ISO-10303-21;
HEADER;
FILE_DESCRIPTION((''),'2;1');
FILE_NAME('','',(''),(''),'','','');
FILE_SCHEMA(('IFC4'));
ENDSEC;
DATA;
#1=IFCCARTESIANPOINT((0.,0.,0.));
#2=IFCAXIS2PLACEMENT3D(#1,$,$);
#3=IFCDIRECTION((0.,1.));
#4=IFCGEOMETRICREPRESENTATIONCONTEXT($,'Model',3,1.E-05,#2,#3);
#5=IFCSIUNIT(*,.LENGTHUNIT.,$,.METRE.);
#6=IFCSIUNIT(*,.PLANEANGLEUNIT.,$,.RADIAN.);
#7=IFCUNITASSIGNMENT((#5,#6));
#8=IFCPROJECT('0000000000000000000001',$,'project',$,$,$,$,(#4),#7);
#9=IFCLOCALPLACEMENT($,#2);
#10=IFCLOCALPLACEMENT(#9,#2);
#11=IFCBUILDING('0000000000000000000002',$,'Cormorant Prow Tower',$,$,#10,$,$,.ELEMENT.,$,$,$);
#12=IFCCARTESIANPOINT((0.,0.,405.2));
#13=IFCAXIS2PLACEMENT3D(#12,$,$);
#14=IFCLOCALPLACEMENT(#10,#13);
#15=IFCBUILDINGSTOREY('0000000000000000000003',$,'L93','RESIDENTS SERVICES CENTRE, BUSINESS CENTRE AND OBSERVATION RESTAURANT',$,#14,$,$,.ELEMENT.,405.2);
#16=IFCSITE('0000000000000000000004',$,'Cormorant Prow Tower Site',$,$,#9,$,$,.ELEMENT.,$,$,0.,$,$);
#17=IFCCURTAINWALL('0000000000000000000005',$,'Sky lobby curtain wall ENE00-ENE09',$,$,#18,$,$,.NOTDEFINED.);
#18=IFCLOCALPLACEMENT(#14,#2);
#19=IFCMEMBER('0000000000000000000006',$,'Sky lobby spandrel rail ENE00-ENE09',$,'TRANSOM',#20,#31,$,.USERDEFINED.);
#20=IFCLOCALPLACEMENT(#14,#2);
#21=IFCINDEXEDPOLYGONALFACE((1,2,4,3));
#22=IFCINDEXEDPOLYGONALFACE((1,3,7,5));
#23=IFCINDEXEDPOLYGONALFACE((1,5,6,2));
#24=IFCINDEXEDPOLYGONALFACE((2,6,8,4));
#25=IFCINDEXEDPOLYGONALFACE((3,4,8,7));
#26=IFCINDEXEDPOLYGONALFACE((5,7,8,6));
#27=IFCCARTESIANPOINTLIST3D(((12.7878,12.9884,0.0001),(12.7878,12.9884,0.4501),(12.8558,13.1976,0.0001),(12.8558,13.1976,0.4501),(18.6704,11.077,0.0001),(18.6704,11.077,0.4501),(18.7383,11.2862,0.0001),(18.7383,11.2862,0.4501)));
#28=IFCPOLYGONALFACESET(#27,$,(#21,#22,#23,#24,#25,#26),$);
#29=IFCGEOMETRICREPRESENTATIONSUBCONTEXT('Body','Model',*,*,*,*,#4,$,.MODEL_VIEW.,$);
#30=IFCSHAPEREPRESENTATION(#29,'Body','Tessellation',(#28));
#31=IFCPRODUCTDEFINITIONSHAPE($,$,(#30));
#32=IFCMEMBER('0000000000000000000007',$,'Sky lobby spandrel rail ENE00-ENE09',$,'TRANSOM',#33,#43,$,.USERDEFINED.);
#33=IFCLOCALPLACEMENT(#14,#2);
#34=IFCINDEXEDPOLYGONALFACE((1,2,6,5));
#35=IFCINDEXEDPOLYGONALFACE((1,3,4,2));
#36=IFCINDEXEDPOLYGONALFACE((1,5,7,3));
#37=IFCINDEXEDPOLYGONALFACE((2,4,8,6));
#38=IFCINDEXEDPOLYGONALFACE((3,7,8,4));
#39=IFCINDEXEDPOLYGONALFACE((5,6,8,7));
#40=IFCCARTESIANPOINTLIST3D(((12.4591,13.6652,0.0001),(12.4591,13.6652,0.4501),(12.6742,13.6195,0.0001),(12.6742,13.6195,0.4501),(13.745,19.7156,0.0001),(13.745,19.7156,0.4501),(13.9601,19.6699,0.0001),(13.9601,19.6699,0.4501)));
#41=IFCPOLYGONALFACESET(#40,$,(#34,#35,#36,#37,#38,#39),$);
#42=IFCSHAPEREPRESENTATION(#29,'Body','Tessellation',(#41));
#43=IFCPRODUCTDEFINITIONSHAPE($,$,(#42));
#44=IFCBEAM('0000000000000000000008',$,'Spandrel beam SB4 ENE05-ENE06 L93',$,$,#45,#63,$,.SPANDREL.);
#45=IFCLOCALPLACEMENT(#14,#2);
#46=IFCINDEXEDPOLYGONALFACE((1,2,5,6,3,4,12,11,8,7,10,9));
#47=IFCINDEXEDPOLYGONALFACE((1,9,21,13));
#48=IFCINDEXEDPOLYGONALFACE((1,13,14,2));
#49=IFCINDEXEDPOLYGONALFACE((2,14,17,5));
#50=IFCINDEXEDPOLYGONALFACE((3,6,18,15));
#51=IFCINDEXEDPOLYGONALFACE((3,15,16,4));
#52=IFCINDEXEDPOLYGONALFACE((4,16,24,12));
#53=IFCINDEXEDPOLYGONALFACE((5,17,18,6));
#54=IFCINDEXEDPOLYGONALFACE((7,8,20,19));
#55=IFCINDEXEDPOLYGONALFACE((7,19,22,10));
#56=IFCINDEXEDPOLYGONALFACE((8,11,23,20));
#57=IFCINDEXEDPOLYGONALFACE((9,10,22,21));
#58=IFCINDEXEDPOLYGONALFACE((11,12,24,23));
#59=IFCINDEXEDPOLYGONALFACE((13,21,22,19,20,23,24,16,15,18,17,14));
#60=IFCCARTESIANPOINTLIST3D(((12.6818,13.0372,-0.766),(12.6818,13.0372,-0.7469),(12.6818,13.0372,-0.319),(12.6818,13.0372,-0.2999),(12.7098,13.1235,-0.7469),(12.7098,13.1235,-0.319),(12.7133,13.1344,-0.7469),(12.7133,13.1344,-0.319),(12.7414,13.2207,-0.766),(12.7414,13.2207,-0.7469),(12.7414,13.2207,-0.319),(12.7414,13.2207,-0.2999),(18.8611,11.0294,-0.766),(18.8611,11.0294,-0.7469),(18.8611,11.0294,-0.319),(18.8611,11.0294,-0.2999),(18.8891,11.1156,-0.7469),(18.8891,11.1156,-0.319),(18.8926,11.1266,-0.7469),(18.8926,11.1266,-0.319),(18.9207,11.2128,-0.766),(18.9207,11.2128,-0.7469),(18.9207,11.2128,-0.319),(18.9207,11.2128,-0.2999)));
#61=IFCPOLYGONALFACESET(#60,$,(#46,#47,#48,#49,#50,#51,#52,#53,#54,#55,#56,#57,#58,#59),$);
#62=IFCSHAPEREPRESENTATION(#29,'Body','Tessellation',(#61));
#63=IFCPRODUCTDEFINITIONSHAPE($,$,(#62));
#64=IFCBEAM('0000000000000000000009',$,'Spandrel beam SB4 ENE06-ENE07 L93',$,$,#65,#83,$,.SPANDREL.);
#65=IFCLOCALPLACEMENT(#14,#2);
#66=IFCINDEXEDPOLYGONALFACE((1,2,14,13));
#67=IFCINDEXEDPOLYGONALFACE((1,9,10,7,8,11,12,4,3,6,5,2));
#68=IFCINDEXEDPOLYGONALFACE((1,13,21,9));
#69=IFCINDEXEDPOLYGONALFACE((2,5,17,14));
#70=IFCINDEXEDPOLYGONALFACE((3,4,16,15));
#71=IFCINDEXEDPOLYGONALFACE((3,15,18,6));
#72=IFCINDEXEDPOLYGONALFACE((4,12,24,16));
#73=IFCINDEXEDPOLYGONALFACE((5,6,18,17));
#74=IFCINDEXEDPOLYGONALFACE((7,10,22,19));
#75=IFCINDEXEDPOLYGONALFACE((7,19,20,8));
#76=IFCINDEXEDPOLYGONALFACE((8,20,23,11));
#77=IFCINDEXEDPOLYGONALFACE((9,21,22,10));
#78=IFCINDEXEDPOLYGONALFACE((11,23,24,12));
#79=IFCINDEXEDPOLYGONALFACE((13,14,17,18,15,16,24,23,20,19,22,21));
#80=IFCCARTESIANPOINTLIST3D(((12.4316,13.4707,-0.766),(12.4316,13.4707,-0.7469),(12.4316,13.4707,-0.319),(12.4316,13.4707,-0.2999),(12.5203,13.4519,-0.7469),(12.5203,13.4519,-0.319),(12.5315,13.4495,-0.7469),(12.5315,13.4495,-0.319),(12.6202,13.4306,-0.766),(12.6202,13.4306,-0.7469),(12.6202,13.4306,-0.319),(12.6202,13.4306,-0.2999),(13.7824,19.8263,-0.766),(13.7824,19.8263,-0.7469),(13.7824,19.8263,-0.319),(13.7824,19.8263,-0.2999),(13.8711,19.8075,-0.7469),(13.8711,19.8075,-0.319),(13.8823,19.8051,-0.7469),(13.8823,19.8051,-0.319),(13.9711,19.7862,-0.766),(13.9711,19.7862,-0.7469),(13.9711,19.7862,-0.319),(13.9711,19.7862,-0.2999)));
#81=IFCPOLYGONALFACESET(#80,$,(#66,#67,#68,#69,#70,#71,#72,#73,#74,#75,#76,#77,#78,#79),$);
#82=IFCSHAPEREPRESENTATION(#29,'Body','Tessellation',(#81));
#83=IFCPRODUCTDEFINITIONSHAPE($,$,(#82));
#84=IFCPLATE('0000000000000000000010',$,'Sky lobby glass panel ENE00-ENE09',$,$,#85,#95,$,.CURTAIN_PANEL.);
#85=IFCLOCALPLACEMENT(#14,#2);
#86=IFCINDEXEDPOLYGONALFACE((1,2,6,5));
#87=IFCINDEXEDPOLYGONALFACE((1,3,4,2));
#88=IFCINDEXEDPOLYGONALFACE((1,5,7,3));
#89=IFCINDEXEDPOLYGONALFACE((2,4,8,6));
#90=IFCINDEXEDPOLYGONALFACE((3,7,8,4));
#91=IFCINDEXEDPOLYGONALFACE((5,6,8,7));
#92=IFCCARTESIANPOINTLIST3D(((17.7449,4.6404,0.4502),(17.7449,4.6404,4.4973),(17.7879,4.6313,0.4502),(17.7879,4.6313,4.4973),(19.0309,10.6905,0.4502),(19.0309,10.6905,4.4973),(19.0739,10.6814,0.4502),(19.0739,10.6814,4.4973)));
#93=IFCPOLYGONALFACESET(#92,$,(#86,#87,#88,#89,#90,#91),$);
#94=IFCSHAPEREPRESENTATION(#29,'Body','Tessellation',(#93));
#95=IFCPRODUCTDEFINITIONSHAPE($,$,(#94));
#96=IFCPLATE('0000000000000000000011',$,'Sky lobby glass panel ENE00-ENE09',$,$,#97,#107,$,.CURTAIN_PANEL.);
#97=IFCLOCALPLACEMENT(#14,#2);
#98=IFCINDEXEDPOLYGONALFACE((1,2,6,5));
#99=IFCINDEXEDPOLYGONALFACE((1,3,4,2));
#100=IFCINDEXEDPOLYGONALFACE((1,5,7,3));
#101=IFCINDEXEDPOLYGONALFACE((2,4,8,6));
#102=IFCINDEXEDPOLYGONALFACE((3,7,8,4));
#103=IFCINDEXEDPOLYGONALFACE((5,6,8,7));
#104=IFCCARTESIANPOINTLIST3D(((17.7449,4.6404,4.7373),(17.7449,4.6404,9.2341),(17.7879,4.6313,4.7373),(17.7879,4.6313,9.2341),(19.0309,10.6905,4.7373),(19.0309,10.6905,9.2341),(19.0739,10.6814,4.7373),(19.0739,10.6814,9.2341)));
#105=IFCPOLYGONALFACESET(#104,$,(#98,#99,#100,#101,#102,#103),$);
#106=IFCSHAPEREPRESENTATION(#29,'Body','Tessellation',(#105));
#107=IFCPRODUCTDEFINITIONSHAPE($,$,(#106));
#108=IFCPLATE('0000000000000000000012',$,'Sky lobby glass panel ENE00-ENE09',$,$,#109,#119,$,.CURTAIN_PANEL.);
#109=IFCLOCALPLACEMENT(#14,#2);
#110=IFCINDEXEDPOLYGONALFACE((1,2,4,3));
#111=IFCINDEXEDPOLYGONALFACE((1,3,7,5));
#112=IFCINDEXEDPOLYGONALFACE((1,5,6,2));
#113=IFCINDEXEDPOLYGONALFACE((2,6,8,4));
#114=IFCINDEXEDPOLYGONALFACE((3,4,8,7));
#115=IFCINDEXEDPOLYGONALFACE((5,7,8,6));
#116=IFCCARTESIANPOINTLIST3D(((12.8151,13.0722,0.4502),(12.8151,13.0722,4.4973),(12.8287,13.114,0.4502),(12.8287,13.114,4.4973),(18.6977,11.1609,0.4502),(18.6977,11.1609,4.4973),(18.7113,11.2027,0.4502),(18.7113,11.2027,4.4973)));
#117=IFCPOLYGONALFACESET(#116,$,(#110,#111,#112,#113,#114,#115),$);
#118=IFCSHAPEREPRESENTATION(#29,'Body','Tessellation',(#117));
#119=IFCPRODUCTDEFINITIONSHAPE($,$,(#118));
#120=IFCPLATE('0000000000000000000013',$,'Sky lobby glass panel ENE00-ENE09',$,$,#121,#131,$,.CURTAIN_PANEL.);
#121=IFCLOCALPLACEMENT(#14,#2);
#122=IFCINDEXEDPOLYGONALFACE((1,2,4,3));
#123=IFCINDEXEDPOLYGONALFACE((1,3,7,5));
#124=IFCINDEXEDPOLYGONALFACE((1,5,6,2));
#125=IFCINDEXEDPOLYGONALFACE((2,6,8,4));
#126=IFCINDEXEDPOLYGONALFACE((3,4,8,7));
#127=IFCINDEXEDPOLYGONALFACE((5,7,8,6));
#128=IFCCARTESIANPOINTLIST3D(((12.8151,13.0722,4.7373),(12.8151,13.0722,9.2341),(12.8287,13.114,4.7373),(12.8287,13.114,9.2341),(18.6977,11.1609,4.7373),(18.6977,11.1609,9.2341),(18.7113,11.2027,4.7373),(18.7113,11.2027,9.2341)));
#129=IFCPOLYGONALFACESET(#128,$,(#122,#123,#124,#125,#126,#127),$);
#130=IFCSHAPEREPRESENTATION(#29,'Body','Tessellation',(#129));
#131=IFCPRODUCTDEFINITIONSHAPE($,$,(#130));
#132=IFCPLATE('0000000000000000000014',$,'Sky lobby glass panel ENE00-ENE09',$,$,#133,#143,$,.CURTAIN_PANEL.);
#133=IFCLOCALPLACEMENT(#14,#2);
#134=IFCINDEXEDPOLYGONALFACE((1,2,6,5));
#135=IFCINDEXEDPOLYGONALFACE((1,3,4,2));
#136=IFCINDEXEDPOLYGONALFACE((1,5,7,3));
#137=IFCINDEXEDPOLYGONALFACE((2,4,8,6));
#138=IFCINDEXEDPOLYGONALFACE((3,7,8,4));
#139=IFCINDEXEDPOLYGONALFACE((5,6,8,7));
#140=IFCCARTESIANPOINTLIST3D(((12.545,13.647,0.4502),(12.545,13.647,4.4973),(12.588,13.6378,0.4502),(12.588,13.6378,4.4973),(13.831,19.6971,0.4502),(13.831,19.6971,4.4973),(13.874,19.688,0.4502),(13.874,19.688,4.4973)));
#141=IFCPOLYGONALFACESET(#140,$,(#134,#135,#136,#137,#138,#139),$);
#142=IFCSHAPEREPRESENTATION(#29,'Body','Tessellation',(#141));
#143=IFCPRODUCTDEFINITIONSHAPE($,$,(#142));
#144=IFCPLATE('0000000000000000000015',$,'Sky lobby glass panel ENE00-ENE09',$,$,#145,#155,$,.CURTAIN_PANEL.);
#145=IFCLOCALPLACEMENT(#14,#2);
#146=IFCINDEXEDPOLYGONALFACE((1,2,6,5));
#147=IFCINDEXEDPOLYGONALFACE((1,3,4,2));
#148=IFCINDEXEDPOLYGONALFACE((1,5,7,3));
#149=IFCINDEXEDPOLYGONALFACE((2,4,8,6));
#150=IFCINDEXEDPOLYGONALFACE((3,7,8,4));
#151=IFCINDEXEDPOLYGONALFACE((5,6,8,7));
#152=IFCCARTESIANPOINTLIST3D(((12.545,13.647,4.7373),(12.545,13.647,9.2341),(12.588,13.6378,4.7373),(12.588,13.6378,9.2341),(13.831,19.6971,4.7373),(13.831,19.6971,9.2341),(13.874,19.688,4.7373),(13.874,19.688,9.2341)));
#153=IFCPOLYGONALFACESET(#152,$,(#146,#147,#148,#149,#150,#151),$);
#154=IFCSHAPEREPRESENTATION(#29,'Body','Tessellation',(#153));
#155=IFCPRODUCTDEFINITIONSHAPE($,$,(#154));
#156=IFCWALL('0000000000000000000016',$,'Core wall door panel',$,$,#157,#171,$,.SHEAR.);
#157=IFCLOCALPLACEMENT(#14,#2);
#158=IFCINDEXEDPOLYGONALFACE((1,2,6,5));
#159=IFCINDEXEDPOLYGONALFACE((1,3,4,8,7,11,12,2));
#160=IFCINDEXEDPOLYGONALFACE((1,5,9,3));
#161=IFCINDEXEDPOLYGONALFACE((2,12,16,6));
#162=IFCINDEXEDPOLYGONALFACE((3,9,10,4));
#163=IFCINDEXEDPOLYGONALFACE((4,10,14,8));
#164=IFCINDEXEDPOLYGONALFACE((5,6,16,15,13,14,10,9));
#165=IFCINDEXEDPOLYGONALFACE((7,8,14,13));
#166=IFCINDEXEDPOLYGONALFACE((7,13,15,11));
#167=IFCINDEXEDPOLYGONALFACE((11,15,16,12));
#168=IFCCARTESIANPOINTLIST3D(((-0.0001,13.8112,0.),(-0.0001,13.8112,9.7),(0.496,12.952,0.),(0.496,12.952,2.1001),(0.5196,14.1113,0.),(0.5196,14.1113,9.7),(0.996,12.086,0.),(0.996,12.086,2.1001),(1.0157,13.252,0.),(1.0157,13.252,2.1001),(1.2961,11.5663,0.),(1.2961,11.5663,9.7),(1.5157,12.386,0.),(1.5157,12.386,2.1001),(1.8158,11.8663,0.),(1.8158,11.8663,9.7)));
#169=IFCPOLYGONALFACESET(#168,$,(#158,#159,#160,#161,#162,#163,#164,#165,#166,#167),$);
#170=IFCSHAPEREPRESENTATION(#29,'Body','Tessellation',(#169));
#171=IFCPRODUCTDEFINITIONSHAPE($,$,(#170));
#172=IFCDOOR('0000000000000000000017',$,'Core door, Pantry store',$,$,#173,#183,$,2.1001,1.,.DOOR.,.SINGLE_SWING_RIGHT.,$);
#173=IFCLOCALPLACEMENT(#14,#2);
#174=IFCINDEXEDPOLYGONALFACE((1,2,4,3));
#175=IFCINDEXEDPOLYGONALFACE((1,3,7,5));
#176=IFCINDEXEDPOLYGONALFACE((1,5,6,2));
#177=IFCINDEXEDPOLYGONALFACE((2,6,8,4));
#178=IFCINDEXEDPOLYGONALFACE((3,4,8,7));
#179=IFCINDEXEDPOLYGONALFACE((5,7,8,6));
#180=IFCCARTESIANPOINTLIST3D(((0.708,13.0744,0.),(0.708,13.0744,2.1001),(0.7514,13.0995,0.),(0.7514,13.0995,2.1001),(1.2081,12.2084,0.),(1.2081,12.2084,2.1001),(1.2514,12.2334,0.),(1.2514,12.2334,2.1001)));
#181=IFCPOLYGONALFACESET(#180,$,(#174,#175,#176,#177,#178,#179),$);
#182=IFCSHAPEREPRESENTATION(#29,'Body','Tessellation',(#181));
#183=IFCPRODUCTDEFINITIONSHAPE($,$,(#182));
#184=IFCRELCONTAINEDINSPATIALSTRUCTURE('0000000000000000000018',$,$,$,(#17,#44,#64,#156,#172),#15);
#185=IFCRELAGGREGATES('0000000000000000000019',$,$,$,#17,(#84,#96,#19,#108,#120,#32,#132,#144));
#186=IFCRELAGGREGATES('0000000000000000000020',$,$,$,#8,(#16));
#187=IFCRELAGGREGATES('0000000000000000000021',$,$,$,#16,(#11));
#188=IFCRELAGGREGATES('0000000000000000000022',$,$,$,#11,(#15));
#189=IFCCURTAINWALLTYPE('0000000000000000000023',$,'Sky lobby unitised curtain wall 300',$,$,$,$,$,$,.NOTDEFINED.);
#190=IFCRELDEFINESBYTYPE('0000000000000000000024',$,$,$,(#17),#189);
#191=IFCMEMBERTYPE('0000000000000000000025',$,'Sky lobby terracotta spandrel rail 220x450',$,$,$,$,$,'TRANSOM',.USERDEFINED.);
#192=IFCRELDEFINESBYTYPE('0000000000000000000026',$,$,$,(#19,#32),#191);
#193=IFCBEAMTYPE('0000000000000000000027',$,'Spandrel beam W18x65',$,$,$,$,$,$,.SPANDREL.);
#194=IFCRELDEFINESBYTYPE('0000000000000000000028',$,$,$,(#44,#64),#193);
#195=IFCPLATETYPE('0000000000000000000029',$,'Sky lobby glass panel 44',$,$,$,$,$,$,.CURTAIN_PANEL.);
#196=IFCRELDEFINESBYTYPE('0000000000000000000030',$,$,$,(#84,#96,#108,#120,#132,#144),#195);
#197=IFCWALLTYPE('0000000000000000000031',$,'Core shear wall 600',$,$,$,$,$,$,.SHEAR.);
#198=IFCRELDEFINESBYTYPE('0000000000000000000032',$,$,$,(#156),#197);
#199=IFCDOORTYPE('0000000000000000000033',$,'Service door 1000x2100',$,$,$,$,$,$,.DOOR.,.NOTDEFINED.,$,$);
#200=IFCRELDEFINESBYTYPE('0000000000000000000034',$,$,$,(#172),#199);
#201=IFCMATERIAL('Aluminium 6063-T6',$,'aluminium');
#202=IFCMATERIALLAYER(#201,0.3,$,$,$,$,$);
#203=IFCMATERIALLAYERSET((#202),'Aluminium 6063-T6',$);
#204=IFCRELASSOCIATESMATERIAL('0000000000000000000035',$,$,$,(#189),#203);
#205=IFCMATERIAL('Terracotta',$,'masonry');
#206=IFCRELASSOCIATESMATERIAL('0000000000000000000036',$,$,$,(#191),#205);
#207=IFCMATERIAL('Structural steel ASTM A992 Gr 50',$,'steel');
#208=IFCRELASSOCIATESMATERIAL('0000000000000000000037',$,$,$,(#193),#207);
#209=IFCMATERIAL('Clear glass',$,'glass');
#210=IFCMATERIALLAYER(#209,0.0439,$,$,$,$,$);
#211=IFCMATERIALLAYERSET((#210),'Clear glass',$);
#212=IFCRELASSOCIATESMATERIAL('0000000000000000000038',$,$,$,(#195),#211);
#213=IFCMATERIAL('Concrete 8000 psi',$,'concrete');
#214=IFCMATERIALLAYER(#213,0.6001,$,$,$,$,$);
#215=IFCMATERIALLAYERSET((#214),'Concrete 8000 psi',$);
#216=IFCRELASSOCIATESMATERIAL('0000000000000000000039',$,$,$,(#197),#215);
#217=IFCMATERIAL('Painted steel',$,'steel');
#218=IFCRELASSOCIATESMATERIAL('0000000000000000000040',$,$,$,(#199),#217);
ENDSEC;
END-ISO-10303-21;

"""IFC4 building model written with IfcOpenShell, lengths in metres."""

from ifc_helpers import new_model, si_unit, direction, frame, frame_2d, origin, origin_2d, place, context, subcontext, project, spatial, rectangle, i_section, extrude, material, layer, layer_set, material_profile, profile_set, type_object, element, fill, aggregate, save


model = new_model("IFC4")

# Units and contexts
model_context = context("Model", 3, precision=1e-05, world=origin(), true_north=direction((0.0, 1.0)))
body_context = subcontext(model_context, "Body", "Model", "MODEL_VIEW")
ifc_project = project(units=[si_unit("LENGTHUNIT", "METRE"), si_unit("PLANEANGLEUNIT", "RADIAN")], contexts=[model_context])

# Site, building, storey
site_placement = place(None, origin())
site = spatial("IfcSite", under=ifc_project, at=site_placement, Name="Cormorant Prow Tower Site", CompositionType="ELEMENT", RefElevation=0.0)
building_placement = place(site_placement, origin())
building = spatial("IfcBuilding", under=site, at=building_placement, Name="Cormorant Prow Tower", CompositionType="ELEMENT")
storey_placement = place(building_placement, frame((0.0, 0.0, 405.2)))
storey = spatial("IfcBuildingStorey", under=building, at=storey_placement, Name="L93", Description="RESIDENTS SERVICES CENTRE, BUSINESS CENTRE AND OBSERVATION RESTAURANT", CompositionType="ELEMENT", Elevation=405.2)

# Curtain wall, members
ifc_material_1 = material(Name="Aluminium 6063-T6", Category="aluminium")
ifc_layer_1 = layer(ifc_material_1, 0.3)
ifc_layer_set_1 = layer_set([ifc_layer_1], Name="Aluminium 6063-T6")
curtain_wall_type = type_object("IfcCurtainWallType", Name="Sky lobby unitised curtain wall 300", PredefinedType="NOTDEFINED", material=ifc_layer_set_1)
curtain_wall_placement = place(storey_placement, origin())
curtain_wall = element("IfcCurtainWall", 1, at=curtain_wall_placement, inside=storey, type_object=curtain_wall_type, Name="Sky lobby curtain wall ENE00-ENE09", PredefinedType="NOTDEFINED")
ifc_material_2 = material(Name="Terracotta", Category="masonry")
ifc_material_profile_1 = material_profile(ifc_material_2, rectangle(XDim=0.22, YDim=0.45, at=origin_2d()), Name="Sky lobby terracotta spandrel rail 220x450")
ifc_profile_set_1 = profile_set([ifc_material_profile_1], Name="Terracotta")
member_type_1 = type_object("IfcMemberType", Name="Sky lobby terracotta spandrel rail 220x450", ElementType="TRANSOM", PredefinedType="USERDEFINED", material=ifc_profile_set_1)
member_1_placement = place(storey_placement, frame((18.7043, 11.1816, 0.2251), z_axis=(-0.951056, 0.309019, 0.0), x_axis=(-0.309019, -0.951056, 0.0)))
member_1 = element("IfcMember", 2, at=member_1_placement, type_object=member_type_1, Name="Sky lobby spandrel rail ENE00-ENE09", ObjectType="TRANSOM", PredefinedType="USERDEFINED", context=body_context, shape_type="SweptSolid", body=[
    extrude(rectangle(XDim=0.22, YDim=0.45, at=origin_2d()), origin(), (0.0, 0.0, 1.0), 6.1853),
])
member_2_placement = place(storey_placement, frame((12.5667, 13.6423, 0.2251), z_axis=(0.20789, 0.978152, 0.0), x_axis=(-0.978152, 0.20789, 0.0)))
member_2 = element("IfcMember", 3, at=member_2_placement, type_object=member_type_1, Name="Sky lobby spandrel rail ENE00-ENE09", ObjectType="TRANSOM", PredefinedType="USERDEFINED", context=body_context, shape_type="SweptSolid", body=[
    extrude(rectangle(XDim=0.22, YDim=0.45, at=origin_2d()), origin(), (0.0, 0.0, 1.0), 6.1855),
])

# Beams
ifc_material_3 = material(Name="Structural steel ASTM A992 Gr 50", Category="steel")
ifc_material_profile_2 = material_profile(ifc_material_3, i_section(OverallWidth=0.1929, OverallDepth=0.4661, WebThickness=0.0115, FlangeThickness=0.019, at=origin_2d()), Name="W18x65")
ifc_profile_set_2 = profile_set([ifc_material_profile_2], Name="Structural steel ASTM A992 Gr 50")
beam_type_1 = type_object("IfcBeamType", Name="Spandrel beam W18x65", PredefinedType="SPANDREL", material=ifc_profile_set_2)
beam_1_placement = place(storey_placement, frame((18.8909, 11.1211, -0.533), z_axis=(-0.951053, 0.309027, 0.0), x_axis=(-0.309027, -0.951053, 0.0)))
element("IfcBeam", 4, at=beam_1_placement, inside=storey, type_object=beam_type_1, Name="Spandrel beam SB4 ENE05-ENE06 L93", PredefinedType="SPANDREL", context=body_context, shape_type="SweptSolid", body=[
    extrude(i_section(OverallWidth=0.1929, OverallDepth=0.4661, WebThickness=0.0115, FlangeThickness=0.019, at=origin_2d()), origin(), (0.0, 0.0, 1.0), 6.4973),
])
beam_2_placement = place(storey_placement, frame((12.5259, 13.4507, -0.533), z_axis=(0.207902, 0.97815, 0.0), x_axis=(-0.97815, 0.207902, 0.0)))
element("IfcBeam", 5, at=beam_2_placement, inside=storey, type_object=beam_type_1, Name="Spandrel beam SB4 ENE06-ENE07 L93", PredefinedType="SPANDREL", context=body_context, shape_type="SweptSolid", body=[
    extrude(i_section(OverallWidth=0.1929, OverallDepth=0.4661, WebThickness=0.0115, FlangeThickness=0.019, at=origin_2d()), origin(), (0.0, 0.0, 1.0), 6.4976),
])

# Plates
ifc_material_4 = material(Name="Clear glass", Category="glass")
ifc_layer_2 = layer(ifc_material_4, 0.0439)
ifc_layer_set_2 = layer_set([ifc_layer_2], Name="Clear glass")
plate_type = type_object("IfcPlateType", Name="Sky lobby glass panel 44", PredefinedType="CURTAIN_PANEL", material=ifc_layer_set_2)
plate_1_placement = place(storey_placement, frame((18.4094, 7.6609, 0.4502), z_axis=(0.0, 0.0, 1.0), x_axis=(0.207912, 0.978148, 0.0)))
plate_1 = element("IfcPlate", 6, at=plate_1_placement, type_object=plate_type, Name="Sky lobby glass panel ENE00-ENE09", PredefinedType="CURTAIN_PANEL", context=body_context, shape_type="SweptSolid", body=[
    extrude(rectangle(XDim=6.1853, YDim=0.0439, at=origin_2d()), origin(), (0.0, 0.0, 1.0), 4.0471),
])
plate_2_placement = place(storey_placement, frame((18.4094, 7.6609, 4.7373), z_axis=(0.0, 0.0, 1.0), x_axis=(0.207912, 0.978148, 0.0)))
plate_2 = element("IfcPlate", 7, at=plate_2_placement, type_object=plate_type, Name="Sky lobby glass panel ENE00-ENE09", PredefinedType="CURTAIN_PANEL", context=body_context, shape_type="SweptSolid", body=[
    extrude(rectangle(XDim=6.1853, YDim=0.0439, at=origin_2d()), origin(), (0.0, 0.0, 1.0), 4.4968),
])
plate_3_placement = place(storey_placement, frame((15.7632, 12.1375, 0.4502), z_axis=(0.0, 0.0, 1.0), x_axis=(-0.951056, 0.309017, 0.0)))
plate_3 = element("IfcPlate", 8, at=plate_3_placement, type_object=plate_type, Name="Sky lobby glass panel ENE00-ENE09", PredefinedType="CURTAIN_PANEL", context=body_context, shape_type="SweptSolid", body=[
    extrude(rectangle(XDim=6.1853, YDim=0.0439, at=origin_2d()), origin(), (0.0, 0.0, 1.0), 4.0471),
])
plate_4_placement = place(storey_placement, frame((15.7632, 12.1375, 4.7373), z_axis=(0.0, 0.0, 1.0), x_axis=(-0.951056, 0.309017, 0.0)))
plate_4 = element("IfcPlate", 9, at=plate_4_placement, type_object=plate_type, Name="Sky lobby glass panel ENE00-ENE09", PredefinedType="CURTAIN_PANEL", context=body_context, shape_type="SweptSolid", body=[
    extrude(rectangle(XDim=6.1853, YDim=0.0439, at=origin_2d()), origin(), (0.0, 0.0, 1.0), 4.4968),
])
plate_5_placement = place(storey_placement, frame((13.2095, 16.6675, 0.4502), z_axis=(0.0, 0.0, 1.0), x_axis=(0.207912, 0.978148, 0.0)))
plate_5 = element("IfcPlate", 10, at=plate_5_placement, type_object=plate_type, Name="Sky lobby glass panel ENE00-ENE09", PredefinedType="CURTAIN_PANEL", context=body_context, shape_type="SweptSolid", body=[
    extrude(rectangle(XDim=6.1853, YDim=0.0439, at=origin_2d()), origin(), (0.0, 0.0, 1.0), 4.0471),
])
plate_6_placement = place(storey_placement, frame((13.2095, 16.6675, 4.7373), z_axis=(0.0, 0.0, 1.0), x_axis=(0.207912, 0.978148, 0.0)))
plate_6 = element("IfcPlate", 11, at=plate_6_placement, type_object=plate_type, Name="Sky lobby glass panel ENE00-ENE09", PredefinedType="CURTAIN_PANEL", context=body_context, shape_type="SweptSolid", body=[
    extrude(rectangle(XDim=6.1853, YDim=0.0439, at=origin_2d()), origin(), (0.0, 0.0, 1.0), 4.4968),
])
aggregate(curtain_wall, [plate_1, plate_2, member_1, plate_3, plate_4, member_2, plate_5, plate_6])

# Wall, opening, door
ifc_material_5 = material(Name="Concrete 8000 psi", Category="concrete")
ifc_layer_3 = layer(ifc_material_5, 0.6001)
ifc_layer_set_3 = layer_set([ifc_layer_3], Name="Concrete 8000 psi")
wall_type_1 = type_object("IfcWallType", Name="Core shear wall 600", PredefinedType="SHEAR", material=ifc_layer_set_3)
wall_1_placement = place(storey_placement, frame((1.5559, 11.7163, 0.0), z_axis=(0.0, 0.0, 1.0), x_axis=(-0.500019, 0.866015, 0.0)))
wall_1 = element("IfcWall", 12, at=wall_1_placement, inside=storey, type_object=wall_type_1, Name="Core wall door panel", PredefinedType="SHEAR", context=body_context, shape_type="SweptSolid", body=[
    extrude(rectangle(XDim=2.5923, YDim=0.6001, at=frame_2d((1.2961, 0.0))), origin(), (0.0, 0.0, 1.0), 9.7),
])
opening_1_placement = place(wall_1_placement, frame((0.6001, 0.0, 0.0)))
opening_1 = element("IfcOpeningElement", 13, at=opening_1_placement, cuts=wall_1, PredefinedType="OPENING", context=body_context, shape_type="SweptSolid", body=[
    extrude(rectangle(XDim=1.0, YDim=2.1001, at=frame_2d((0.5, 1.05))), frame((0.0, 0.3101, 0.0), z_axis=(0.0, -1.0, 0.0), x_axis=(1.0, 0.0, 0.0)), (0.0, 0.0, 1.0), 0.6201),
])
ifc_material_6 = material(Name="Painted steel", Category="steel")
door_type_1 = type_object("IfcDoorType", Name="Service door 1000x2100", OperationType="NOTDEFINED", PredefinedType="DOOR", material=ifc_material_6)
door_1_placement = place(opening_1_placement, origin())
door_1 = element("IfcDoor", 14, at=door_1_placement, inside=storey, type_object=door_type_1, Name="Core door, Pantry store", OperationType="SINGLE_SWING_RIGHT", OverallHeight=2.1001, OverallWidth=1.0, PredefinedType="DOOR", context=body_context, shape_type="SweptSolid", body=[
    extrude(rectangle(XDim=1.0, YDim=2.1001, at=frame_2d((0.5, 1.05))), frame((0.0, 0.0552, 0.0), z_axis=(0.0, -1.0, 0.0), x_axis=(1.0, 0.0, 0.0)), (0.0, 0.0, 1.0), 0.05),
])
fill(opening_1, door_1)

save(model, "model.ifc")
